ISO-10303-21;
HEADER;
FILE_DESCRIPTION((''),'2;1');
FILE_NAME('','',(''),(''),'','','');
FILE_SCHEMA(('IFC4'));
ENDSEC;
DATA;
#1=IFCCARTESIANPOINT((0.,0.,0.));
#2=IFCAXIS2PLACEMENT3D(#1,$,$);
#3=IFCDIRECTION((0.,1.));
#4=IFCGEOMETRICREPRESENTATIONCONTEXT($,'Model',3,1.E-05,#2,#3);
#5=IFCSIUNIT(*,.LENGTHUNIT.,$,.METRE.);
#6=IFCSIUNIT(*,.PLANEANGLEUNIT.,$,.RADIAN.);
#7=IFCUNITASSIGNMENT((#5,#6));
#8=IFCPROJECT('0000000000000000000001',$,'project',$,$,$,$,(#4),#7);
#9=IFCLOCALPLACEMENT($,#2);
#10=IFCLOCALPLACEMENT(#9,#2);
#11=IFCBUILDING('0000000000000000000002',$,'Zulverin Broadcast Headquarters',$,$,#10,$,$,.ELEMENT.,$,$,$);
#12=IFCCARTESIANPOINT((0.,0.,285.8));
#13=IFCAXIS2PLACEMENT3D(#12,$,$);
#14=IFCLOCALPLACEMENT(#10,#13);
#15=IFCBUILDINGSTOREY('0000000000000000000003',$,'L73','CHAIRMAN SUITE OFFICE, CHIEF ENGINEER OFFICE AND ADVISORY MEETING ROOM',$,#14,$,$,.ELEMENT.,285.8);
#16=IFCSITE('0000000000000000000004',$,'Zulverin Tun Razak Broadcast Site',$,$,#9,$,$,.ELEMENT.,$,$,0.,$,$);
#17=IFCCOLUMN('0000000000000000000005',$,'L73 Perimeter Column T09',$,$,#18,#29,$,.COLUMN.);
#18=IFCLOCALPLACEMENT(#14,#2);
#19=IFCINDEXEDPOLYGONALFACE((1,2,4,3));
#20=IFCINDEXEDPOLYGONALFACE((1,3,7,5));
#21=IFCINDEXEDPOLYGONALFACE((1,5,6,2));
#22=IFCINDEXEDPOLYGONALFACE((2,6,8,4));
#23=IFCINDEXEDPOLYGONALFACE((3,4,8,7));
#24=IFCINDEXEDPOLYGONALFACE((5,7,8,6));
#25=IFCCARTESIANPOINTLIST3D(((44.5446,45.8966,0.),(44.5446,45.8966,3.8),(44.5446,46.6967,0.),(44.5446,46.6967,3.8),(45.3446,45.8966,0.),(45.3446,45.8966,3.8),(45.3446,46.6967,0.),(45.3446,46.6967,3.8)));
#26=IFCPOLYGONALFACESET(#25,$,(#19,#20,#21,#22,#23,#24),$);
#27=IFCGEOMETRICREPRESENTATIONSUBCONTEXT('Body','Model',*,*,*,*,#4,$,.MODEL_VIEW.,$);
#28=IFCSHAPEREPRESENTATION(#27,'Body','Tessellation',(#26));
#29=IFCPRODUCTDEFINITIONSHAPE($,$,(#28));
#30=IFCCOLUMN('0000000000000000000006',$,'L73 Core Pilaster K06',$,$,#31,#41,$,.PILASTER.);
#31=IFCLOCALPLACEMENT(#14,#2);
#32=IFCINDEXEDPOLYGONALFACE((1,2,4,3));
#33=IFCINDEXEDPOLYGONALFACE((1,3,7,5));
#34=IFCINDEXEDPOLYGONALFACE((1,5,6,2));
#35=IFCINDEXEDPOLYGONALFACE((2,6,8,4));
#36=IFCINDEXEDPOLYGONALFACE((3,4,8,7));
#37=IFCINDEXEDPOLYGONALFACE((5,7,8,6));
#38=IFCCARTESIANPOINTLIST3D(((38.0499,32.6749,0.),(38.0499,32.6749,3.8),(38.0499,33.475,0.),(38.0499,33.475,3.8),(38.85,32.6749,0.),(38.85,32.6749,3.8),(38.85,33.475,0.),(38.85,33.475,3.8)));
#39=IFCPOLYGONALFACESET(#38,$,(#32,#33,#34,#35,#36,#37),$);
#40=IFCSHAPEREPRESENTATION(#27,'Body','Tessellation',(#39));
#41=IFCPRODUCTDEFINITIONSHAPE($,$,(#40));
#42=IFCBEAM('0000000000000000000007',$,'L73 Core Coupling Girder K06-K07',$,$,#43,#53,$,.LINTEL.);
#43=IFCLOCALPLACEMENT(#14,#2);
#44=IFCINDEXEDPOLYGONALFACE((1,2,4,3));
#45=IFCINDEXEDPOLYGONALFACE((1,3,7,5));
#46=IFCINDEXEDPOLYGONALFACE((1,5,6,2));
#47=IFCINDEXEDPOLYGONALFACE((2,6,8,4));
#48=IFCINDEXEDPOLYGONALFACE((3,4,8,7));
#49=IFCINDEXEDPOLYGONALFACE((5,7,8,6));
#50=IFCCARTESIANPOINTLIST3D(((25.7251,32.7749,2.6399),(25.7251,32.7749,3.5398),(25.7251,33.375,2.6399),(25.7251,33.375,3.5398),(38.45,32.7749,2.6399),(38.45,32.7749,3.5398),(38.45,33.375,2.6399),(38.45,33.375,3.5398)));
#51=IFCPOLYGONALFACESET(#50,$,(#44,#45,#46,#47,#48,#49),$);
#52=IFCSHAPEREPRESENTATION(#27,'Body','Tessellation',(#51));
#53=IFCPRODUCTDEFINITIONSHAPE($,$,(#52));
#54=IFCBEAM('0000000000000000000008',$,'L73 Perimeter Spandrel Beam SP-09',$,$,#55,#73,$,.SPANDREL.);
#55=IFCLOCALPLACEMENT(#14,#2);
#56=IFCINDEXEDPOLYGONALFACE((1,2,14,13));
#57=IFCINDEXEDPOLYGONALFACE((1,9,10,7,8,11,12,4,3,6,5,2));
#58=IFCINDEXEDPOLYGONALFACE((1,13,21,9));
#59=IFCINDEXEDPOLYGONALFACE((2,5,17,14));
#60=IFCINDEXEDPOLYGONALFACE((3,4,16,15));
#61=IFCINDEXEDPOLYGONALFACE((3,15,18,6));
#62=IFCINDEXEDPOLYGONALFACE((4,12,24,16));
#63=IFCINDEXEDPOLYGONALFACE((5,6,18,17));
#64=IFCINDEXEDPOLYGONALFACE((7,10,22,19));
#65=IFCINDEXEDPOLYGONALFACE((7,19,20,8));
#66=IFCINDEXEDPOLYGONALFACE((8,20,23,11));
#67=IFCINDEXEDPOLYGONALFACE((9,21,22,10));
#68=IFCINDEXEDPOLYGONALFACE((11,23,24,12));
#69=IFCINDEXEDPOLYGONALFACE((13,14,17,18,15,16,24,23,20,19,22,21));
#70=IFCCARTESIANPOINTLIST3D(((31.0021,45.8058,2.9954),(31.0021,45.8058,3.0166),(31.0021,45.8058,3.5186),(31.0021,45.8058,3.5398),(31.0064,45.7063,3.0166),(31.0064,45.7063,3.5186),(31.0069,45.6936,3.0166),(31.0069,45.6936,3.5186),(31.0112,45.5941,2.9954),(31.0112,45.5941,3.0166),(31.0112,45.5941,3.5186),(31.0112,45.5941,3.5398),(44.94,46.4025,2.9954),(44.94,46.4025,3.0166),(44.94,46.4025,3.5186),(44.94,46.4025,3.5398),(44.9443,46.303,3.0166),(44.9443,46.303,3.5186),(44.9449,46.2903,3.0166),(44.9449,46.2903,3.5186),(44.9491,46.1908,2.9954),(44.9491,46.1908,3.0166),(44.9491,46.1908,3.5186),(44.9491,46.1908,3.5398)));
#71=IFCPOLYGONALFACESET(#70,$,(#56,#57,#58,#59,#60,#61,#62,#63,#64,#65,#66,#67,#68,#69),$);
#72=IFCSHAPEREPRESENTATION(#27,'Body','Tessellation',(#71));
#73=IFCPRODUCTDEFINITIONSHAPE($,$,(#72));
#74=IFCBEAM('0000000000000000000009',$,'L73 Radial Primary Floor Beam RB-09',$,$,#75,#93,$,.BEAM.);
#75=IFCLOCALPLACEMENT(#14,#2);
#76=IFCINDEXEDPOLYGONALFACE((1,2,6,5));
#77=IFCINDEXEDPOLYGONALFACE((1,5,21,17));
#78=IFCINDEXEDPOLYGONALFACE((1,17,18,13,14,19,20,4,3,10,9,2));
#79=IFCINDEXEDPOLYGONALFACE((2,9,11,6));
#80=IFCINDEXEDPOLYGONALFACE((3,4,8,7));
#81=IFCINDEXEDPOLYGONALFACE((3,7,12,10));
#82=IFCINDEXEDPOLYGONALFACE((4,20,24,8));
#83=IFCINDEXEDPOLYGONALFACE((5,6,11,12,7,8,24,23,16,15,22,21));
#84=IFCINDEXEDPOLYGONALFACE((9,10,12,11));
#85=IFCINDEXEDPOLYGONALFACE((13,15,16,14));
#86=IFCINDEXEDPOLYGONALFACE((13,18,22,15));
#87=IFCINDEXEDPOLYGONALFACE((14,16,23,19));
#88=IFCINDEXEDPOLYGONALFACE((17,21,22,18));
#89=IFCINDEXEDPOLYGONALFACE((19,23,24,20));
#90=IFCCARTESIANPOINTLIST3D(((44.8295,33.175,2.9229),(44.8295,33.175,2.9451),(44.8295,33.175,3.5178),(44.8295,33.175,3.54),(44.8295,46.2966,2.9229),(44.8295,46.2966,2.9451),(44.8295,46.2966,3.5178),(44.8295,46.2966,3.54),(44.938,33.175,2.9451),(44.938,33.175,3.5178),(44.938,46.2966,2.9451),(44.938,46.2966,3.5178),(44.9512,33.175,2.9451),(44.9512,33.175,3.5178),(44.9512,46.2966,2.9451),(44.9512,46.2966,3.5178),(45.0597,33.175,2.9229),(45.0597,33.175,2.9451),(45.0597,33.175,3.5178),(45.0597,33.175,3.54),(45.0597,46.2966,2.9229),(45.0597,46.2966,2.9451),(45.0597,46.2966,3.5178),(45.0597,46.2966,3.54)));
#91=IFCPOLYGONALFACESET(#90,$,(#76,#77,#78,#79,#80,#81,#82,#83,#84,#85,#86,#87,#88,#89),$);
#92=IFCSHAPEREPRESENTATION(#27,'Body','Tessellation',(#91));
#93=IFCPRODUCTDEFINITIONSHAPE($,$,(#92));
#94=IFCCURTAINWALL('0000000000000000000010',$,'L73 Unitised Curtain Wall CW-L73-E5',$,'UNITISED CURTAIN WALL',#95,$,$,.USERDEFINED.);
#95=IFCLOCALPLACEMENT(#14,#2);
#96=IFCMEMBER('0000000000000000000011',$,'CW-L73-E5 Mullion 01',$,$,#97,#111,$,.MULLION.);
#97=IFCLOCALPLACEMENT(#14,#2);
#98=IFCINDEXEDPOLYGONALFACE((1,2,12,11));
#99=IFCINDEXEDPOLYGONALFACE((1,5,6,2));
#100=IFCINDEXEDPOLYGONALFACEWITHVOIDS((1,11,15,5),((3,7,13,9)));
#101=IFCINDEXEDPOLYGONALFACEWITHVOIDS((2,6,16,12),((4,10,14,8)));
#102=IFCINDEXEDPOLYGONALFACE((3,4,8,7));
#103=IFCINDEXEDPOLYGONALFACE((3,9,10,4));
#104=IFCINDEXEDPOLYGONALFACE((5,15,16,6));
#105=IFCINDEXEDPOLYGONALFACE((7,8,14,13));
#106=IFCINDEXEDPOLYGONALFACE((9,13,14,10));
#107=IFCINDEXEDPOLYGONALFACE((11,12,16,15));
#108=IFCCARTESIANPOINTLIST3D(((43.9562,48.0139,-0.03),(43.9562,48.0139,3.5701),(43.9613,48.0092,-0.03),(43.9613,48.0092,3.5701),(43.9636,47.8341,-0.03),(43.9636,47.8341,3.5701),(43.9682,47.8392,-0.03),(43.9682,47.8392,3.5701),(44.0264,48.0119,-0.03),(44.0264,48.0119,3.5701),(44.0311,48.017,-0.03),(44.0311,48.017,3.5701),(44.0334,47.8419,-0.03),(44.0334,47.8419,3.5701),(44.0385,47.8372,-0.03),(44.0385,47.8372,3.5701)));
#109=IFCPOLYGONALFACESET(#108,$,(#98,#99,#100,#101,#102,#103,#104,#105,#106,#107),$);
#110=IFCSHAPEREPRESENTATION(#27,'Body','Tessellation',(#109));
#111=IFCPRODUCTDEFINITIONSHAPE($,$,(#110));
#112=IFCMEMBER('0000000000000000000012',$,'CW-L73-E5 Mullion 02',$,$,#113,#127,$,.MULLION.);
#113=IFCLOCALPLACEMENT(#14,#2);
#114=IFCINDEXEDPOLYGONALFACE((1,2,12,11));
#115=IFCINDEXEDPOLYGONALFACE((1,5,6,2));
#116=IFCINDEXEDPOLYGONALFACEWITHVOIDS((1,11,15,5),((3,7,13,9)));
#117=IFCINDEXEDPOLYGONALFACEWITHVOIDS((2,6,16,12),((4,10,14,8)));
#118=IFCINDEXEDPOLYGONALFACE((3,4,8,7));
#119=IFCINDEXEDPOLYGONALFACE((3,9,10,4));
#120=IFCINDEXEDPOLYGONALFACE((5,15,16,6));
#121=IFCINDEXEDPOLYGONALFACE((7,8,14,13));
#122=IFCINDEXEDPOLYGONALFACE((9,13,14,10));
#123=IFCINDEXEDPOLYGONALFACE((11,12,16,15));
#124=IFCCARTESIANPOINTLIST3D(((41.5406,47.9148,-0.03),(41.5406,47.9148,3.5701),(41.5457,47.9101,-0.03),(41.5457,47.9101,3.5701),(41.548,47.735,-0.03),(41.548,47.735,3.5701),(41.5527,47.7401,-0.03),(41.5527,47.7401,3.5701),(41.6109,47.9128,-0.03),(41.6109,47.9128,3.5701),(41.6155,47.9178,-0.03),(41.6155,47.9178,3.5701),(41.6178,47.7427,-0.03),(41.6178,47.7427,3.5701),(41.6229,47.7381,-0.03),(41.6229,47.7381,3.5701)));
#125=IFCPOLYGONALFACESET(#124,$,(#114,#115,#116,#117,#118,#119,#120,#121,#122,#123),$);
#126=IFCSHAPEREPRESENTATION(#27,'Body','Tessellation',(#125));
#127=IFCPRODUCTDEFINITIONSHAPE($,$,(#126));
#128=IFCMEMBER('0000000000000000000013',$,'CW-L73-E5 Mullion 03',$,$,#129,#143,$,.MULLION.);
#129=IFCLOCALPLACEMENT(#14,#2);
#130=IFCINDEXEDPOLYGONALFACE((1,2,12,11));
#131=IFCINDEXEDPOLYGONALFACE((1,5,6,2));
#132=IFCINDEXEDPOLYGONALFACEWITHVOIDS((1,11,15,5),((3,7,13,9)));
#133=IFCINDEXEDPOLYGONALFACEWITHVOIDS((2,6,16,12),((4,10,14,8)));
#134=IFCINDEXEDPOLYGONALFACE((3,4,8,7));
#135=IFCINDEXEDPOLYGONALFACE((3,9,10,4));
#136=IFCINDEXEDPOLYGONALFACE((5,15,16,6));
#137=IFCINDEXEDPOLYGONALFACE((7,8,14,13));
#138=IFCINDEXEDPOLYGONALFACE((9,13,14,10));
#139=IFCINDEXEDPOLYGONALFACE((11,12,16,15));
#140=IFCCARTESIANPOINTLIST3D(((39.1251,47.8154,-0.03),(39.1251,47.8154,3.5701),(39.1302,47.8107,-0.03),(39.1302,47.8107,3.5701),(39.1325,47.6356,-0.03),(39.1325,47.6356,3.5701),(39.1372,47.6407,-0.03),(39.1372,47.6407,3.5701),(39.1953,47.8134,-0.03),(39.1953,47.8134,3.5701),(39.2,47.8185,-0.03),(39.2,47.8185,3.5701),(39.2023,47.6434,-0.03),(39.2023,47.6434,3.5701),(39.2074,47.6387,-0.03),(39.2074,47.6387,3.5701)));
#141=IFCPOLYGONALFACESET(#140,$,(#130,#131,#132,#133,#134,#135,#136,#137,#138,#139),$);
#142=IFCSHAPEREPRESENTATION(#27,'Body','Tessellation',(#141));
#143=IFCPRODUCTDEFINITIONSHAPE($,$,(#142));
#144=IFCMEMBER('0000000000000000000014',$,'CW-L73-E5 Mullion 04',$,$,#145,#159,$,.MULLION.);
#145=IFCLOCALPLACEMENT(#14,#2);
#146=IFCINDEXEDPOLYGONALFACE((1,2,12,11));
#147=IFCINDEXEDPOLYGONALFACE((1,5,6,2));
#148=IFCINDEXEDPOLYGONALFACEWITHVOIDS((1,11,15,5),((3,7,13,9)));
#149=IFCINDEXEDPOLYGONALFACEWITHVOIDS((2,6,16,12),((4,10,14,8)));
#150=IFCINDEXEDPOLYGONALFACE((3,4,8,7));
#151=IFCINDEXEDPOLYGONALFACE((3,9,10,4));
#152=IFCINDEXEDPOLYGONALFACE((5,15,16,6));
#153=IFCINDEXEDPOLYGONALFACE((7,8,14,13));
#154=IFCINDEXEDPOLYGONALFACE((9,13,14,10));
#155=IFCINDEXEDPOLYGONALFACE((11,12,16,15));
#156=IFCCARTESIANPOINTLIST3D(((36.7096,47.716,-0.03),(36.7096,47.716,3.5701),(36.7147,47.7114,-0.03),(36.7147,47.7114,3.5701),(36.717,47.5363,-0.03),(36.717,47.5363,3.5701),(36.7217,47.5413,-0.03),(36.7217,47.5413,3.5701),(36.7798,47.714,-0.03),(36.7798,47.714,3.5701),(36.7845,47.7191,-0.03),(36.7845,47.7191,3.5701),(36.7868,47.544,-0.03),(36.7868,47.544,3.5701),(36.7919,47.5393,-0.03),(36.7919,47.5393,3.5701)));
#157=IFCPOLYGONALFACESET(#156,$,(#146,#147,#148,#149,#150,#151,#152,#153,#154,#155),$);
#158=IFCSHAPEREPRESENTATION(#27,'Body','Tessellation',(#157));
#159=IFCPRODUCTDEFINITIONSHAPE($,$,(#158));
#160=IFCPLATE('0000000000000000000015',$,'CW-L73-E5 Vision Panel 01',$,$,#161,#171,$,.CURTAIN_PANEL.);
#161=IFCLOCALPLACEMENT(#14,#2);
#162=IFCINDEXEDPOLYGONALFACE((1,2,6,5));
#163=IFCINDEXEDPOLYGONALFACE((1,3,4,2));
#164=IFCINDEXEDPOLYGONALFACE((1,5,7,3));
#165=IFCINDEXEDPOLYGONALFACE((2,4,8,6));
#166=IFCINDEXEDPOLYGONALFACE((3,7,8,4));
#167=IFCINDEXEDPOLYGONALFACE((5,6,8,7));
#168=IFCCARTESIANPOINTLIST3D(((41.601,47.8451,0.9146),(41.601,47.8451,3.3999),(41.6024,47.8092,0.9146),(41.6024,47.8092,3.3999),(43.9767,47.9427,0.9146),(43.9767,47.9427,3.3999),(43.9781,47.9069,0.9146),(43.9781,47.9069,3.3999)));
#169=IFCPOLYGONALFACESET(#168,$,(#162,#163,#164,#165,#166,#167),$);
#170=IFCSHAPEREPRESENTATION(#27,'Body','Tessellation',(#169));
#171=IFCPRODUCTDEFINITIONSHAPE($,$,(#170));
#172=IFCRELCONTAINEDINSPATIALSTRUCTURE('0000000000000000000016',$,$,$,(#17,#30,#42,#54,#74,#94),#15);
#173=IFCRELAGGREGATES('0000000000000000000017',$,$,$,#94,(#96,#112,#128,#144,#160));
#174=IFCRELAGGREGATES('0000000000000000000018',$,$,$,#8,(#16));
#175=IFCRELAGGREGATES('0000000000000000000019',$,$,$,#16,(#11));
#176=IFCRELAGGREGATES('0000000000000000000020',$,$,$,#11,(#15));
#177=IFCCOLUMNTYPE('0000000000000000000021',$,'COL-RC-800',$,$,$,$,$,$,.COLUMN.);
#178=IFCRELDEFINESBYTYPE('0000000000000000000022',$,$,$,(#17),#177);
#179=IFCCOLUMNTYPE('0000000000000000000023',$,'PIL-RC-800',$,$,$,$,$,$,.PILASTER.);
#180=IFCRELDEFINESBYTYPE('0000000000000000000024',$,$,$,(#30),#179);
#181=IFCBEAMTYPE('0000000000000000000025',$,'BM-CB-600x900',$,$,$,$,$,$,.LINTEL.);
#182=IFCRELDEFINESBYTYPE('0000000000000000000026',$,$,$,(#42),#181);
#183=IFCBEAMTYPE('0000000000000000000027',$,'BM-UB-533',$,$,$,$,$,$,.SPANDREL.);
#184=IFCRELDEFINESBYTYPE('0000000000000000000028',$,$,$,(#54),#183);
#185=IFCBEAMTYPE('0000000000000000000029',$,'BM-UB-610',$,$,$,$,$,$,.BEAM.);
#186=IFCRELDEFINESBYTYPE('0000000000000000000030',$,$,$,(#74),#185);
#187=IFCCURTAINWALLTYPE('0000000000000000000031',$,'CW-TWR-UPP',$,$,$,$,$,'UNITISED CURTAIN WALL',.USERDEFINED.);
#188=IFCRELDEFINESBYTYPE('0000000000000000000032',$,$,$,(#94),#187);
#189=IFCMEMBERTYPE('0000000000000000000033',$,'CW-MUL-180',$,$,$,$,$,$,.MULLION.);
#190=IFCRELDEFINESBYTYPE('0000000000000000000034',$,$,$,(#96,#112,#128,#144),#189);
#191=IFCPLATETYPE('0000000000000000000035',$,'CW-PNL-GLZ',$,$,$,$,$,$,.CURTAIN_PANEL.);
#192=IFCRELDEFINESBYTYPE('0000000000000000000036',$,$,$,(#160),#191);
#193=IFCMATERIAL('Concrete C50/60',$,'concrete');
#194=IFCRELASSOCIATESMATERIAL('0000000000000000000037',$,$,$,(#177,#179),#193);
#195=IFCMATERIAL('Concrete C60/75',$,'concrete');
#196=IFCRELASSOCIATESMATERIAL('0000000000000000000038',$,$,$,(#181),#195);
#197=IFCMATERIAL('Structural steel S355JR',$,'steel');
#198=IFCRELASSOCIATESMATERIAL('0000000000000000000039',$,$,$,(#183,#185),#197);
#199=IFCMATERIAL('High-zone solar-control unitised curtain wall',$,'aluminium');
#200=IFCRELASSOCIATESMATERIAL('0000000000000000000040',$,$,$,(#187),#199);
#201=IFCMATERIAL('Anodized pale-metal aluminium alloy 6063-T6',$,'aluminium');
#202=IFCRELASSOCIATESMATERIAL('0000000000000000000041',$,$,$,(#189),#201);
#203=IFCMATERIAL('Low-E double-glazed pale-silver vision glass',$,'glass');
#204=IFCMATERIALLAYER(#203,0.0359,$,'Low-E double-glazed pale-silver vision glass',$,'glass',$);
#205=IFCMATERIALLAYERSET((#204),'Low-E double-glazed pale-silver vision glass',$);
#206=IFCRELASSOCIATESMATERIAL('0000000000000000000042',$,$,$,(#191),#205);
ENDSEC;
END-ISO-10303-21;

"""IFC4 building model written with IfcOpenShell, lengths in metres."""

from ifc_helpers import new_model, si_unit, direction, frame, origin, origin_2d, place, context, subcontext, project, spatial, rectangle, hollow_rectangle, i_section, extrude, material, layer, layer_set, material_profile, profile_set, type_object, element, aggregate, save


model = new_model("IFC4")

# Units and contexts
model_context = context("Model", 3, precision=1e-05, world=origin(), true_north=direction((0.0, 1.0)))
body_context = subcontext(model_context, "Body", "Model", "MODEL_VIEW")
ifc_project = project(units=[si_unit("LENGTHUNIT", "METRE"), si_unit("PLANEANGLEUNIT", "RADIAN")], contexts=[model_context])

# Site, building, storey
site_placement = place(None, origin())
site = spatial("IfcSite", under=ifc_project, at=site_placement, Name="Zulverin Tun Razak Broadcast Site", CompositionType="ELEMENT", RefElevation=0.0)
building_placement = place(site_placement, origin())
building = spatial("IfcBuilding", under=site, at=building_placement, Name="Zulverin Broadcast Headquarters", CompositionType="ELEMENT")
storey_placement = place(building_placement, frame((0.0, 0.0, 285.8)))
storey = spatial("IfcBuildingStorey", under=building, at=storey_placement, Name="L73", Description="CHAIRMAN SUITE OFFICE, CHIEF ENGINEER OFFICE AND ADVISORY MEETING ROOM", CompositionType="ELEMENT", Elevation=285.8)

# Columns
ifc_material_1 = material(Name="Concrete C50/60", Category="concrete")
ifc_material_profile_1 = material_profile(ifc_material_1, rectangle(XDim=0.8, YDim=0.8, at=origin_2d()), Name="Concrete C50/60", Category="concrete")
ifc_profile_set_1 = profile_set([ifc_material_profile_1], Name="Concrete C50/60")
column_type_1 = type_object("IfcColumnType", Name="COL-RC-800", PredefinedType="COLUMN", material=ifc_profile_set_1)
column_1_placement = place(storey_placement, frame((44.9446, 46.2966, 0.0), z_axis=(0.0, 0.0, 1.0), x_axis=(1.0, 0.0, 0.0)))
element("IfcColumn", 1, at=column_1_placement, inside=storey, type_object=column_type_1, Name="L73 Perimeter Column T09", PredefinedType="COLUMN", context=body_context, shape_type="SweptSolid", body=[
    extrude(rectangle(XDim=0.8, YDim=0.8, at=origin_2d()), origin(), (0.0, 0.0, 1.0), 3.8),
])
ifc_material_profile_2 = material_profile(ifc_material_1, rectangle(XDim=0.8, YDim=0.8, at=origin_2d()), Name="Concrete C50/60", Category="concrete")
ifc_profile_set_2 = profile_set([ifc_material_profile_2], Name="Concrete C50/60")
column_type_2 = type_object("IfcColumnType", Name="PIL-RC-800", PredefinedType="PILASTER", material=ifc_profile_set_2)
column_2_placement = place(storey_placement, frame((38.45, 33.075, 0.0), z_axis=(0.0, 0.0, 1.0), x_axis=(1.0, 0.0, 0.0)))
element("IfcColumn", 2, at=column_2_placement, inside=storey, type_object=column_type_2, Name="L73 Core Pilaster K06", PredefinedType="PILASTER", context=body_context, shape_type="SweptSolid", body=[
    extrude(rectangle(XDim=0.8, YDim=0.8, at=origin_2d()), origin(), (0.0, 0.0, 1.0), 3.8),
])

# Beams
ifc_material_2 = material(Name="Concrete C60/75", Category="concrete")
ifc_material_profile_3 = material_profile(ifc_material_2, rectangle(XDim=0.6001, YDim=0.8999, at=origin_2d()), Name="Concrete C60/75", Category="concrete")
ifc_profile_set_3 = profile_set([ifc_material_profile_3], Name="Concrete C60/75")
beam_type_1 = type_object("IfcBeamType", Name="BM-CB-600x900", PredefinedType="LINTEL", material=ifc_profile_set_3)
beam_1_placement = place(storey_placement, frame((38.45, 33.075, 3.0898), z_axis=(-1.0, 0.0, 0.0), x_axis=(0.0, -1.0, 0.0)))
element("IfcBeam", 3, at=beam_1_placement, inside=storey, type_object=beam_type_1, Name="L73 Core Coupling Girder K06-K07", PredefinedType="LINTEL", context=body_context, shape_type="SweptSolid", body=[
    extrude(rectangle(XDim=0.6001, YDim=0.8999, at=origin_2d()), origin(), (0.0, 0.0, 1.0), 12.7249),
])
ifc_material_3 = material(Name="Structural steel S355JR", Category="steel")
ifc_material_profile_4 = material_profile(ifc_material_3, i_section(OverallWidth=0.2119, OverallDepth=0.5444, WebThickness=0.0127, FlangeThickness=0.0212, at=origin_2d()), Name="Structural steel S355JR", Category="steel")
ifc_profile_set_4 = profile_set([ifc_material_profile_4], Name="Structural steel S355JR")
beam_type_2 = type_object("IfcBeamType", Name="BM-UB-533", PredefinedType="SPANDREL", material=ifc_profile_set_4)
beam_2_placement = place(storey_placement, frame((44.9446, 46.2966, 3.2676), z_axis=(-0.999085, -0.04277, 0.0), x_axis=(0.04277, -0.999085, 0.0)))
element("IfcBeam", 4, at=beam_2_placement, inside=storey, type_object=beam_type_2, Name="L73 Perimeter Spandrel Beam SP-09", PredefinedType="SPANDREL", context=body_context, shape_type="SweptSolid", body=[
    extrude(i_section(OverallWidth=0.2119, OverallDepth=0.5444, WebThickness=0.0127, FlangeThickness=0.0212, at=origin_2d()), origin(), (0.0, 0.0, 1.0), 13.9507),
])
ifc_material_profile_5 = material_profile(ifc_material_3, i_section(OverallWidth=0.2302, OverallDepth=0.6172, WebThickness=0.0132, FlangeThickness=0.0222, at=origin_2d()), Name="Structural steel S355JR", Category="steel")
ifc_profile_set_5 = profile_set([ifc_material_profile_5], Name="Structural steel S355JR")
beam_type_3 = type_object("IfcBeamType", Name="BM-UB-610", PredefinedType="BEAM", material=ifc_profile_set_5)
beam_3_placement = place(storey_placement, frame((44.9446, 33.175, 3.2314), z_axis=(0.0, 1.0, 0.0), x_axis=(-1.0, 0.0, 0.0)))
element("IfcBeam", 5, at=beam_3_placement, inside=storey, type_object=beam_type_3, Name="L73 Radial Primary Floor Beam RB-09", PredefinedType="BEAM", context=body_context, shape_type="SweptSolid", body=[
    extrude(i_section(OverallWidth=0.2302, OverallDepth=0.6172, WebThickness=0.0132, FlangeThickness=0.0222, at=origin_2d()), origin(), (0.0, 0.0, 1.0), 13.1216),
])

# Curtain wall, members, plate
ifc_material_4 = material(Name="High-zone solar-control unitised curtain wall", Category="aluminium")
curtain_wall_type = type_object("IfcCurtainWallType", Name="CW-TWR-UPP", ElementType="UNITISED CURTAIN WALL", PredefinedType="USERDEFINED", material=ifc_material_4)
curtain_wall_placement = place(storey_placement, origin())
curtain_wall = element("IfcCurtainWall", 6, at=curtain_wall_placement, inside=storey, type_object=curtain_wall_type, Name="L73 Unitised Curtain Wall CW-L73-E5", ObjectType="UNITISED CURTAIN WALL", PredefinedType="USERDEFINED")
ifc_material_5 = material(Name="Anodized pale-metal aluminium alloy 6063-T6", Category="aluminium")
ifc_material_profile_6 = material_profile(ifc_material_5, hollow_rectangle(XDim=0.075, YDim=0.1799, WallThickness=0.0049, at=origin_2d()), Name="Anodized pale-metal aluminium alloy 6063-T6", Category="aluminium")
ifc_profile_set_6 = profile_set([ifc_material_profile_6], Name="Anodized pale-metal aluminium alloy 6063-T6")
member_type = type_object("IfcMemberType", Name="CW-MUL-180", PredefinedType="MULLION", material=ifc_profile_set_6)
member_1_placement = place(storey_placement, frame((43.9973, 47.9255, -0.03), z_axis=(0.0, 0.0, 1.0), x_axis=(-0.999156, -0.041068, 0.0)))
member_1 = element("IfcMember", 7, at=member_1_placement, type_object=member_type, Name="CW-L73-E5 Mullion 01", PredefinedType="MULLION", context=body_context, shape_type="SweptSolid", body=[
    extrude(hollow_rectangle(XDim=0.075, YDim=0.1799, WallThickness=0.0049, at=origin_2d()), origin(), (0.0, 0.0, 1.0), 3.6001),
])
member_2_placement = place(storey_placement, frame((41.5818, 47.8264, -0.03), z_axis=(0.0, 0.0, 1.0), x_axis=(-0.999156, -0.041068, 0.0)))
member_2 = element("IfcMember", 8, at=member_2_placement, type_object=member_type, Name="CW-L73-E5 Mullion 02", PredefinedType="MULLION", context=body_context, shape_type="SweptSolid", body=[
    extrude(hollow_rectangle(XDim=0.075, YDim=0.1799, WallThickness=0.0049, at=origin_2d()), origin(), (0.0, 0.0, 1.0), 3.6001),
])
member_3_placement = place(storey_placement, frame((39.1663, 47.7271, -0.03), z_axis=(0.0, 0.0, 1.0), x_axis=(-0.999156, -0.041068, 0.0)))
member_3 = element("IfcMember", 9, at=member_3_placement, type_object=member_type, Name="CW-L73-E5 Mullion 03", PredefinedType="MULLION", context=body_context, shape_type="SweptSolid", body=[
    extrude(hollow_rectangle(XDim=0.075, YDim=0.1799, WallThickness=0.0049, at=origin_2d()), origin(), (0.0, 0.0, 1.0), 3.6001),
])
member_4_placement = place(storey_placement, frame((36.7507, 47.6277, -0.03), z_axis=(0.0, 0.0, 1.0), x_axis=(-0.999156, -0.041068, 0.0)))
member_4 = element("IfcMember", 10, at=member_4_placement, type_object=member_type, Name="CW-L73-E5 Mullion 04", PredefinedType="MULLION", context=body_context, shape_type="SweptSolid", body=[
    extrude(hollow_rectangle(XDim=0.075, YDim=0.1799, WallThickness=0.0049, at=origin_2d()), origin(), (0.0, 0.0, 1.0), 3.6001),
])
ifc_material_6 = material(Name="Low-E double-glazed pale-silver vision glass", Category="glass")
ifc_layer_1 = layer(ifc_material_6, 0.0359, Name="Low-E double-glazed pale-silver vision glass", Category="glass")
ifc_layer_set_1 = layer_set([ifc_layer_1], Name="Low-E double-glazed pale-silver vision glass")
plate_type_1 = type_object("IfcPlateType", Name="CW-PNL-GLZ", PredefinedType="CURTAIN_PANEL", material=ifc_layer_set_1)
plate_1_placement = place(storey_placement, frame((42.7896, 47.876, 0.9146), z_axis=(0.0, 0.0, 1.0), x_axis=(-0.999156, -0.041068, 0.0)))
plate_1 = element("IfcPlate", 11, at=plate_1_placement, type_object=plate_type_1, Name="CW-L73-E5 Vision Panel 01", PredefinedType="CURTAIN_PANEL", context=body_context, shape_type="SweptSolid", body=[
    extrude(rectangle(XDim=2.3777, YDim=0.0359, at=origin_2d()), origin(), (0.0, 0.0, 1.0), 2.4854),
])
aggregate(curtain_wall, [member_1, member_2, member_3, member_4, plate_1])

save(model, "model.ifc")
